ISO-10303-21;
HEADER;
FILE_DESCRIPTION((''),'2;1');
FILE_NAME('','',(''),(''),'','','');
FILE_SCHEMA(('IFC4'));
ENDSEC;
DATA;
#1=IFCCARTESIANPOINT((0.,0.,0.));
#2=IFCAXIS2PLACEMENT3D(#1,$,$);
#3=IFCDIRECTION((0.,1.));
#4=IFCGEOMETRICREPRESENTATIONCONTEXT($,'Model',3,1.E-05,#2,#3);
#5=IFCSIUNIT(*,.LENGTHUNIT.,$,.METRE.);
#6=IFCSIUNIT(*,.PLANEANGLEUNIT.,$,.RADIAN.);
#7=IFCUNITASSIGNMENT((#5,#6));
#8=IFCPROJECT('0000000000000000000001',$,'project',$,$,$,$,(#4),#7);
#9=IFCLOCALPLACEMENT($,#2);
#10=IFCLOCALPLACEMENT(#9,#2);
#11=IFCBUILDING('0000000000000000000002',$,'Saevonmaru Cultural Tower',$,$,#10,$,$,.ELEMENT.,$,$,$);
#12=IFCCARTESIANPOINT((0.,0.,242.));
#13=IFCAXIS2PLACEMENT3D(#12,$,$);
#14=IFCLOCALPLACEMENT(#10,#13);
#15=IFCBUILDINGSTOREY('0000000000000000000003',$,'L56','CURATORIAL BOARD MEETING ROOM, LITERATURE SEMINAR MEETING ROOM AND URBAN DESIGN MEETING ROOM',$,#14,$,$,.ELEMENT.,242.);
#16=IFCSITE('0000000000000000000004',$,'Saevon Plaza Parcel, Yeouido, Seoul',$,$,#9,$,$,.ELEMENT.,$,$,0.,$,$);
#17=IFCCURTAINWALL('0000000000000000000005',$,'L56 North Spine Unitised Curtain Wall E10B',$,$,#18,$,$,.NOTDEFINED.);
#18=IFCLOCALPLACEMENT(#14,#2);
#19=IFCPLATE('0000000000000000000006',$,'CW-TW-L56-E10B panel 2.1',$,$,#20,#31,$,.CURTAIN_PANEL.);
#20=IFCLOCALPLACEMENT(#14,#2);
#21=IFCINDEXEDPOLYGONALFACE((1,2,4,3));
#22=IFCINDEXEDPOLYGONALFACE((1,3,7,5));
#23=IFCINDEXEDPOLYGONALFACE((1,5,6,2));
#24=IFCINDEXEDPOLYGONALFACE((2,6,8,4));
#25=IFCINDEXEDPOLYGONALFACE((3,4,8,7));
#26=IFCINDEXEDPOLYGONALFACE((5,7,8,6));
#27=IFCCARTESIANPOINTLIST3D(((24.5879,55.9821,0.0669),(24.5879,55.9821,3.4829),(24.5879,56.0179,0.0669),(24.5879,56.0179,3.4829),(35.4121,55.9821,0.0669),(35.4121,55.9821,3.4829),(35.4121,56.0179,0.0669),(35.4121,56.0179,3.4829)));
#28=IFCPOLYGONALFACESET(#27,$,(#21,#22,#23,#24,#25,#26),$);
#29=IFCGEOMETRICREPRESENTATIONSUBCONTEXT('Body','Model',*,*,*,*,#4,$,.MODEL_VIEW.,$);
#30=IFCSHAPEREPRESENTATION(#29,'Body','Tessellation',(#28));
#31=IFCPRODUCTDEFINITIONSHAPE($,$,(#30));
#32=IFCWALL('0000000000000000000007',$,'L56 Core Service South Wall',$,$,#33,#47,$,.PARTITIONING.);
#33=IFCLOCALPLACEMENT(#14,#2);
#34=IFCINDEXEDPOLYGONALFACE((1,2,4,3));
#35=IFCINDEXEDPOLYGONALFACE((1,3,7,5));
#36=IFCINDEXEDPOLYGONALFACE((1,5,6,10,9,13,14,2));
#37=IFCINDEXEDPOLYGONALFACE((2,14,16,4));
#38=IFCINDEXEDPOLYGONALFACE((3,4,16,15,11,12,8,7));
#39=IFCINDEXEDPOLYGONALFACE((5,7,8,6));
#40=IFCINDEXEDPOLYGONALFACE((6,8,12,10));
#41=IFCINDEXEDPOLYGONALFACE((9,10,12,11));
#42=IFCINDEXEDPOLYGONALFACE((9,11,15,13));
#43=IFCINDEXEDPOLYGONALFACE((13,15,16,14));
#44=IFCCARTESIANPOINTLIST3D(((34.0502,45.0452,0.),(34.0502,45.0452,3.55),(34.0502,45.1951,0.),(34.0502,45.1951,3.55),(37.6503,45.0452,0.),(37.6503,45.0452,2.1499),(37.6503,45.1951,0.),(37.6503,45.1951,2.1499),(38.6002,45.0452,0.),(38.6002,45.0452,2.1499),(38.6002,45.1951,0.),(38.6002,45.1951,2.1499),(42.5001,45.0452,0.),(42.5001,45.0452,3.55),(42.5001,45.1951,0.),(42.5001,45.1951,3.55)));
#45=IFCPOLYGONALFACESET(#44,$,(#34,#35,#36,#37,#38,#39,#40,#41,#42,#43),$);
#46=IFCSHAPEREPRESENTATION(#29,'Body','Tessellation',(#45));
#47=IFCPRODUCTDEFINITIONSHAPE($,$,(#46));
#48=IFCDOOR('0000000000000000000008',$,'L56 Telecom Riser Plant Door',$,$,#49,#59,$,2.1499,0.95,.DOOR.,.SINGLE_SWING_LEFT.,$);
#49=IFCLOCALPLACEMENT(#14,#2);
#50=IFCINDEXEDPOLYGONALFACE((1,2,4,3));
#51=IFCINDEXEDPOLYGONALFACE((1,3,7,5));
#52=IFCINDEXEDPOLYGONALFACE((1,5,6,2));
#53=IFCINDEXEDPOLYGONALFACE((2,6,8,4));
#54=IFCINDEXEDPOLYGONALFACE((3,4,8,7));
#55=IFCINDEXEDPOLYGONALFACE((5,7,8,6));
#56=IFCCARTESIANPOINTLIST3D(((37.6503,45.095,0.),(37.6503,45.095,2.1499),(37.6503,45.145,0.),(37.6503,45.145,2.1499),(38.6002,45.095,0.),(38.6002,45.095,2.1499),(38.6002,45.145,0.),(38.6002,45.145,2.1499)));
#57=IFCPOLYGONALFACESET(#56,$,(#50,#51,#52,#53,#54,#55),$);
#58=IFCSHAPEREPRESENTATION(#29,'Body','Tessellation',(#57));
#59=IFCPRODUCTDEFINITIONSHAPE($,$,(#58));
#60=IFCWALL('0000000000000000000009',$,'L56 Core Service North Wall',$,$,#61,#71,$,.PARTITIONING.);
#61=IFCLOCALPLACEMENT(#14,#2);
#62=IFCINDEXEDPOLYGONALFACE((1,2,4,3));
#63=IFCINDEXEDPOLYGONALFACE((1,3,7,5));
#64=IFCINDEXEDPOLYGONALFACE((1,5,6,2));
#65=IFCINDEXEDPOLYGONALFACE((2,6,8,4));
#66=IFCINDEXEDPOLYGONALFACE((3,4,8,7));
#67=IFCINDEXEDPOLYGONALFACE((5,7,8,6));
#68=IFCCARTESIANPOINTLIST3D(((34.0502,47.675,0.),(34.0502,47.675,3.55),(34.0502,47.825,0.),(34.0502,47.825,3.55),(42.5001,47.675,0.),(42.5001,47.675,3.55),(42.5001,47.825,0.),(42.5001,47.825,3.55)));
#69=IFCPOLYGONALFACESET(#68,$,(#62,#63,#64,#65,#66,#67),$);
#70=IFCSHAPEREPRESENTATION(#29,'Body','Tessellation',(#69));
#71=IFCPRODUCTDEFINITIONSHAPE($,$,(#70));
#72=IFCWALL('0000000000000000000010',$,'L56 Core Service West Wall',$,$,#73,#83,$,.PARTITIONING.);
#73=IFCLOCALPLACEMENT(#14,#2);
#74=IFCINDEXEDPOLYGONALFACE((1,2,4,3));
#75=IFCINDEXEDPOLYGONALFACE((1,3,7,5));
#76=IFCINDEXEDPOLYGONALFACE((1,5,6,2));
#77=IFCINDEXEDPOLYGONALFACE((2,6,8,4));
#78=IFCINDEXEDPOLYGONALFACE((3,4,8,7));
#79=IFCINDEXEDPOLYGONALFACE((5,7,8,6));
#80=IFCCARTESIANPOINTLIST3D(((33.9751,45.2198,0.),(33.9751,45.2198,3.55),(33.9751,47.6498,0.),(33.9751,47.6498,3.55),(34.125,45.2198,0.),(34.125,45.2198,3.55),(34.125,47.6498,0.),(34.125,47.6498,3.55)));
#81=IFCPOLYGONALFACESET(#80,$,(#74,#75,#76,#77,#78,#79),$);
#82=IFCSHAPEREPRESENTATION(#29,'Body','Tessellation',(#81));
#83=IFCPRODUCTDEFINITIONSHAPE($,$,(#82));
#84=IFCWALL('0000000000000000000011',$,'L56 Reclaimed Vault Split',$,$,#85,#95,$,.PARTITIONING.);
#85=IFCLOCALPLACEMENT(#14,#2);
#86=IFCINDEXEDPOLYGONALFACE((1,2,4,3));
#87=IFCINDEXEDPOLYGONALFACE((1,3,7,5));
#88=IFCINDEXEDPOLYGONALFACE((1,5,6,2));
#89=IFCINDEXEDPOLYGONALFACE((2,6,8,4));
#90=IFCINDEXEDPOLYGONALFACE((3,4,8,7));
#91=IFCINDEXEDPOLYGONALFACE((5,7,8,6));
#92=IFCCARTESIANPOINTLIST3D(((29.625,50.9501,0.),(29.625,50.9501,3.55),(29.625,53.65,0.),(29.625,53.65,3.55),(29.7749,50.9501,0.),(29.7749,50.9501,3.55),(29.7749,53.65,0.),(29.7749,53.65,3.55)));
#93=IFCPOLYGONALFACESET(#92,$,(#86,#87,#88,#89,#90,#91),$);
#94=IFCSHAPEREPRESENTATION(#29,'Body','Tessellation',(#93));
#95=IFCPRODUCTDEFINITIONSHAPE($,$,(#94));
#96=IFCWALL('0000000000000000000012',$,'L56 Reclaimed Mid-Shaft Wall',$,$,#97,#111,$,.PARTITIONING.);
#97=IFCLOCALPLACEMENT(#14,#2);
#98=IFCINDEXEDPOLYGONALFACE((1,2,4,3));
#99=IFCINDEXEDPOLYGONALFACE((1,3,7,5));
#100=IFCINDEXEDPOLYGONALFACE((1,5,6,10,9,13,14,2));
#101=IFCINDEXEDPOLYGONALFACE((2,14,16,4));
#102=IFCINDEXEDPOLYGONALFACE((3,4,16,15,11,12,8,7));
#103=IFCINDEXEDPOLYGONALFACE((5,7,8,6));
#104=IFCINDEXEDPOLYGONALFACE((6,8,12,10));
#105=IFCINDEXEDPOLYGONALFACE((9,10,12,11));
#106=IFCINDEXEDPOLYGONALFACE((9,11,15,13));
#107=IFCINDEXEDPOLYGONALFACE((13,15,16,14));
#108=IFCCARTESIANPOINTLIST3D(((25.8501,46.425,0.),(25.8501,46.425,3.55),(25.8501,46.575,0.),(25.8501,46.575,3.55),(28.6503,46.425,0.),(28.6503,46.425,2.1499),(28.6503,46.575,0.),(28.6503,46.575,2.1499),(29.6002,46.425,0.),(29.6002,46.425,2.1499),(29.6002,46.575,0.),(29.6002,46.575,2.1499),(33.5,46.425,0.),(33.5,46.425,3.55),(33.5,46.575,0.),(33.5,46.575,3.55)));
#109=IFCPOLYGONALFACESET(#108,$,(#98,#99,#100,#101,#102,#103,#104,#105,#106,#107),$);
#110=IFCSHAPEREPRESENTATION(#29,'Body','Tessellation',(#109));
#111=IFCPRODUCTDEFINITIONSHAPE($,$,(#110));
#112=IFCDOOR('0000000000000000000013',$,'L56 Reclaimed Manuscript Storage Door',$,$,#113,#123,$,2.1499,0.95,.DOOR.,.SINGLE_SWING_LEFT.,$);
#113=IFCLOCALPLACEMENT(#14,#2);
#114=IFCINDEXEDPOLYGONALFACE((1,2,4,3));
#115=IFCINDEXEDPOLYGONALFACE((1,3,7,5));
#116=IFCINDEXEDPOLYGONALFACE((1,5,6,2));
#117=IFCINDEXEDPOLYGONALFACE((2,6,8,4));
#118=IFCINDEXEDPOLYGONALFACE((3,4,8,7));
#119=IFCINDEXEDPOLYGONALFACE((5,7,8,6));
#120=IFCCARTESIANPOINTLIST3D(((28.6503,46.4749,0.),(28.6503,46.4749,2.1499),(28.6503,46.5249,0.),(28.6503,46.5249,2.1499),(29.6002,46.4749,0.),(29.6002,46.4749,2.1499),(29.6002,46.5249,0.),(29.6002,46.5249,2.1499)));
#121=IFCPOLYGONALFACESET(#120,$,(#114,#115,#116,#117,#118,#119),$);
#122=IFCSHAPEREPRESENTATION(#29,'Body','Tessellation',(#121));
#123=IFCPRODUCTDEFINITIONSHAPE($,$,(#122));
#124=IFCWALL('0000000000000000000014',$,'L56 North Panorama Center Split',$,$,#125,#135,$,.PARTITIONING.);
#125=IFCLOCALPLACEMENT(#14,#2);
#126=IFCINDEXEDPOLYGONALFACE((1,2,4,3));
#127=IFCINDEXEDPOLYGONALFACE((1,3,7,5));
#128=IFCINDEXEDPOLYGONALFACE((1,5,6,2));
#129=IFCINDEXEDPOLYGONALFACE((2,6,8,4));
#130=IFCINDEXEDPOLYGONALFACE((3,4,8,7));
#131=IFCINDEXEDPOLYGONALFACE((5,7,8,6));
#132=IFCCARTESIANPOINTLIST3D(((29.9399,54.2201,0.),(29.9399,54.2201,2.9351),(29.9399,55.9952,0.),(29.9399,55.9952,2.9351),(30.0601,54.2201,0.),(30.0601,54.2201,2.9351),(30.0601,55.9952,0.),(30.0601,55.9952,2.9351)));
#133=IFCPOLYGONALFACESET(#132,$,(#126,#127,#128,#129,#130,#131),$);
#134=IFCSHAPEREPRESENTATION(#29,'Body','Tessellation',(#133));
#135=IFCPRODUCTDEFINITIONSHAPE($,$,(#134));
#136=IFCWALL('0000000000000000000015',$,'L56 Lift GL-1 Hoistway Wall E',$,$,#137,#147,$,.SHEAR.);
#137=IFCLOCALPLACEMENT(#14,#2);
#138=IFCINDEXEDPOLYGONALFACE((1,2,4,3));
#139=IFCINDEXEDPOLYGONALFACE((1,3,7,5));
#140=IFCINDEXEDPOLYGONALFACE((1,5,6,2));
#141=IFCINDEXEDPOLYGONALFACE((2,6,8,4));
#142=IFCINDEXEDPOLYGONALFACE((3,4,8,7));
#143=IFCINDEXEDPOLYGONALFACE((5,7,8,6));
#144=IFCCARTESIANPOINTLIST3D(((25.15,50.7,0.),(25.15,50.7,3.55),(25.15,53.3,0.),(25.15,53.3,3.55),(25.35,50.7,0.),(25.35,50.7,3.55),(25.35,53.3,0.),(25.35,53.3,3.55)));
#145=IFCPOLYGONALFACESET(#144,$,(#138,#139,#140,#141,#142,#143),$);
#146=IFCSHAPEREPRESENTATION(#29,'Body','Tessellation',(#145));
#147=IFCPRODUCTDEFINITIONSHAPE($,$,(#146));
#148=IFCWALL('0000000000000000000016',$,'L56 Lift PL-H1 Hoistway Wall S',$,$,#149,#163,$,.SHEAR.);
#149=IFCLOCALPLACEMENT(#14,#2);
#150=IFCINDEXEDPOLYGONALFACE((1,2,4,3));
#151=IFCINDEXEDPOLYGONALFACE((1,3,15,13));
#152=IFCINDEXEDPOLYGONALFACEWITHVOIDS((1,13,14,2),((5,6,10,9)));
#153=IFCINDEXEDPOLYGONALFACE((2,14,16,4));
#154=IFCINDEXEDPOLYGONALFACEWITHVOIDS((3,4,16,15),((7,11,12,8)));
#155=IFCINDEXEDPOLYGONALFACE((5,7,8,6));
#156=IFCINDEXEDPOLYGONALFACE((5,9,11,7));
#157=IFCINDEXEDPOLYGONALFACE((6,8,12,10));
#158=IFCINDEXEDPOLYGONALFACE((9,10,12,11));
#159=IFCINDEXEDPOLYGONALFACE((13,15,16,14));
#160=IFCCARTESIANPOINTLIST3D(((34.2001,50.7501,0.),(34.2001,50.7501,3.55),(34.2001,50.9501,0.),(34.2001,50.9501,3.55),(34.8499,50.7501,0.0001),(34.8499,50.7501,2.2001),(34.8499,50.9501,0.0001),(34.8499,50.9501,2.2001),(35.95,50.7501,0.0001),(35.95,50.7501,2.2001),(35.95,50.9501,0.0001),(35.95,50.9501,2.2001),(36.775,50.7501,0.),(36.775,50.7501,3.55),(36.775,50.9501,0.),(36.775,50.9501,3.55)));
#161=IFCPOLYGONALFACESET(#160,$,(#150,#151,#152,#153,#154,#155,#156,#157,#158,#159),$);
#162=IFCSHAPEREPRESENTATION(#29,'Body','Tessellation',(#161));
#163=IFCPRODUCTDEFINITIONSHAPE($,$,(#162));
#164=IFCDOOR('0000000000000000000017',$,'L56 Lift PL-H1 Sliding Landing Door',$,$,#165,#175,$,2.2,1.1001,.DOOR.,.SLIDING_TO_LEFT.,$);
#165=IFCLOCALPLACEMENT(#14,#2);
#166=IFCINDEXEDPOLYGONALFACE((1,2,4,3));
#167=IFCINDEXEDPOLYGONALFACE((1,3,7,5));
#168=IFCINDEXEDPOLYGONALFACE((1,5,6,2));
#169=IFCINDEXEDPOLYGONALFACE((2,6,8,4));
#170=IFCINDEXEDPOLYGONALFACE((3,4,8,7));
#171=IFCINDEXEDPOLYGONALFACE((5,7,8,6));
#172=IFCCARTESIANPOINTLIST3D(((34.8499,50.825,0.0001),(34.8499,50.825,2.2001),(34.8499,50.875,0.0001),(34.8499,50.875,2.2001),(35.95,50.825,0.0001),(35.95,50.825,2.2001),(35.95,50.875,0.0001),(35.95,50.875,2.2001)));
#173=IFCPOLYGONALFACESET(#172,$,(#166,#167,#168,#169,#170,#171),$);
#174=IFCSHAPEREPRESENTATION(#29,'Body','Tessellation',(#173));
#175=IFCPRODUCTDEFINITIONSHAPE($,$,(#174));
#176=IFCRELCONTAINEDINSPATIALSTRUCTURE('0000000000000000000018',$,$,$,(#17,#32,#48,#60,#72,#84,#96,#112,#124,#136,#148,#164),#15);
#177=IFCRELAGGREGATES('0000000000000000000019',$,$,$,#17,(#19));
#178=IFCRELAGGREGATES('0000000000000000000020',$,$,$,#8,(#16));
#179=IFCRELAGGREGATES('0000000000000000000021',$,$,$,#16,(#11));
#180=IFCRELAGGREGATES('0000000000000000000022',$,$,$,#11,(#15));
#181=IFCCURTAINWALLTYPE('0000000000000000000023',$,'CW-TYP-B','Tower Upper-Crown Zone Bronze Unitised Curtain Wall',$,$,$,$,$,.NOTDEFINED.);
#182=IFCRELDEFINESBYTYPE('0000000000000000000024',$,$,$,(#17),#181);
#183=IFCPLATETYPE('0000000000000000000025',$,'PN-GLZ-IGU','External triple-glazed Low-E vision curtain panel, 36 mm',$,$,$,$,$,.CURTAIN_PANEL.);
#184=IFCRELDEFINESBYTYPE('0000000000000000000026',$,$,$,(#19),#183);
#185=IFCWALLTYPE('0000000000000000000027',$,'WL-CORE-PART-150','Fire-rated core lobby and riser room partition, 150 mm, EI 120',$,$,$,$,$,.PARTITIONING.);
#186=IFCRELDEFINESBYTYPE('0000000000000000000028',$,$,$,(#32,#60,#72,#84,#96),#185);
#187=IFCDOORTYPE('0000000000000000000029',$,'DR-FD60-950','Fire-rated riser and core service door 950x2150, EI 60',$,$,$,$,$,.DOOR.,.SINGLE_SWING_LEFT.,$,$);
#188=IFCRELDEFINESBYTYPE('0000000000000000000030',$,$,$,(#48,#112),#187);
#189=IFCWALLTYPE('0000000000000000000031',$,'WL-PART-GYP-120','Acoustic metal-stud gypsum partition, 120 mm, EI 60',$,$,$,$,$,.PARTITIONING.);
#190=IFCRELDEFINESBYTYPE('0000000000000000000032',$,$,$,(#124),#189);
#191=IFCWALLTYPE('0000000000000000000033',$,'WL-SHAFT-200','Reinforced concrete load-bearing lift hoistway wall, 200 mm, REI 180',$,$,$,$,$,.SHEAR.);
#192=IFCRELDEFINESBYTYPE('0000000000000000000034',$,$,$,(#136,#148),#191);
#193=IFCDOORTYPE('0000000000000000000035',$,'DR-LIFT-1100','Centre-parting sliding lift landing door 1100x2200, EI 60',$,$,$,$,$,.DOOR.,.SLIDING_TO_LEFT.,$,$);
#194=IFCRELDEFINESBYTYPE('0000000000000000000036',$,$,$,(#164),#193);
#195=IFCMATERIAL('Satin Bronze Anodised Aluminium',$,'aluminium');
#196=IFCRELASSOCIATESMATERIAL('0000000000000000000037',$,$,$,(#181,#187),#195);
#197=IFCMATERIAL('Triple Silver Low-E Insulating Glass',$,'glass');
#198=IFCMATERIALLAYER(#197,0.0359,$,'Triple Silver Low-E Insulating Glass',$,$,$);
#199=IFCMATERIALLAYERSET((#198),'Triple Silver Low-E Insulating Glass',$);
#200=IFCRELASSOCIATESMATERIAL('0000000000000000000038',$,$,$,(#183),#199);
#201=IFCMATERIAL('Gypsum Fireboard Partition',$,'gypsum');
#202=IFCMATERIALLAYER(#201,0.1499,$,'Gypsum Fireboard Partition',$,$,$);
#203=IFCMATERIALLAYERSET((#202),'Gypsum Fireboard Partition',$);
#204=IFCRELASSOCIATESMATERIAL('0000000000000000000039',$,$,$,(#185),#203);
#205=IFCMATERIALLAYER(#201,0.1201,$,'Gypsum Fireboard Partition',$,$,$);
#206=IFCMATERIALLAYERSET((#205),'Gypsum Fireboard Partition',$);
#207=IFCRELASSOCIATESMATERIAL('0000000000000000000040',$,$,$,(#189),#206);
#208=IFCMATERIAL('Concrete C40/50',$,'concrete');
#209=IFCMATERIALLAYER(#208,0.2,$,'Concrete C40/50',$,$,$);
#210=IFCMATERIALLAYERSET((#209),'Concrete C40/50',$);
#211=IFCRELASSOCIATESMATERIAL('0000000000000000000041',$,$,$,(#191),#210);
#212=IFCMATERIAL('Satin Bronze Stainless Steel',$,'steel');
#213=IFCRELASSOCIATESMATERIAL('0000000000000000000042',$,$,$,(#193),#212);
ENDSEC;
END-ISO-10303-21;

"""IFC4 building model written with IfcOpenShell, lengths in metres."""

from ifc_helpers import new_model, si_unit, direction, frame, frame_2d, origin, origin_2d, place, context, subcontext, project, spatial, rectangle, extrude, material, layer, layer_set, type_object, element, fill, aggregate, save


model = new_model("IFC4")

# Units and contexts
model_context = context("Model", 3, precision=1e-05, world=origin(), true_north=direction((0.0, 1.0)))
body_context = subcontext(model_context, "Body", "Model", "MODEL_VIEW")
ifc_project = project(units=[si_unit("LENGTHUNIT", "METRE"), si_unit("PLANEANGLEUNIT", "RADIAN")], contexts=[model_context])

# Site, building, storey
site_placement = place(None, origin())
site = spatial("IfcSite", under=ifc_project, at=site_placement, Name="Saevon Plaza Parcel, Yeouido, Seoul", CompositionType="ELEMENT", RefElevation=0.0)
building_placement = place(site_placement, origin())
building = spatial("IfcBuilding", under=site, at=building_placement, Name="Saevonmaru Cultural Tower", CompositionType="ELEMENT")
storey_placement = place(building_placement, frame((0.0, 0.0, 242.0)))
storey = spatial("IfcBuildingStorey", under=building, at=storey_placement, Name="L56", Description="CURATORIAL BOARD MEETING ROOM, LITERATURE SEMINAR MEETING ROOM AND URBAN DESIGN MEETING ROOM", CompositionType="ELEMENT", Elevation=242.0)

# Curtain wall, plate
ifc_material_1 = material(Name="Satin Bronze Anodised Aluminium", Category="aluminium")
curtain_wall_type = type_object("IfcCurtainWallType", Name="CW-TYP-B", Description="Tower Upper-Crown Zone Bronze Unitised Curtain Wall", PredefinedType="NOTDEFINED", material=ifc_material_1)
curtain_wall_placement = place(storey_placement, origin())
curtain_wall = element("IfcCurtainWall", 1, at=curtain_wall_placement, inside=storey, type_object=curtain_wall_type, Name="L56 North Spine Unitised Curtain Wall E10B", PredefinedType="NOTDEFINED")
ifc_material_2 = material(Name="Triple Silver Low-E Insulating Glass", Category="glass")
ifc_layer_1 = layer(ifc_material_2, 0.0359, Name="Triple Silver Low-E Insulating Glass")
ifc_layer_set_1 = layer_set([ifc_layer_1], Name="Triple Silver Low-E Insulating Glass")
plate_type = type_object("IfcPlateType", Name="PN-GLZ-IGU", Description="External triple-glazed Low-E vision curtain panel, 36 mm", PredefinedType="CURTAIN_PANEL", material=ifc_layer_set_1)
plate_placement = place(storey_placement, frame((30.0, 56.0, 0.0669), z_axis=(0.0, 0.0, 1.0), x_axis=(-1.0, 0.0, 0.0)))
plate = element("IfcPlate", 2, at=plate_placement, type_object=plate_type, Name="CW-TW-L56-E10B panel 2.1", PredefinedType="CURTAIN_PANEL", context=body_context, shape_type="SweptSolid", body=[
    extrude(rectangle(XDim=10.8242, YDim=0.0359, at=origin_2d()), origin(), (0.0, 0.0, 1.0), 3.416),
])
aggregate(curtain_wall, [plate])

# Wall, opening, door
ifc_material_3 = material(Name="Gypsum Fireboard Partition", Category="gypsum")
ifc_layer_2 = layer(ifc_material_3, 0.1499, Name="Gypsum Fireboard Partition")
ifc_layer_set_2 = layer_set([ifc_layer_2], Name="Gypsum Fireboard Partition")
wall_type_1 = type_object("IfcWallType", Name="WL-CORE-PART-150", Description="Fire-rated core lobby and riser room partition, 150 mm, EI 120", PredefinedType="PARTITIONING", material=ifc_layer_set_2)
wall_1_placement = place(storey_placement, frame((34.05, 45.1201, 0.0), z_axis=(0.0, 0.0, 1.0), x_axis=(1.0, 0.0, 0.0)))
wall_1 = element("IfcWall", 3, at=wall_1_placement, inside=storey, type_object=wall_type_1, Name="L56 Core Service South Wall", PredefinedType="PARTITIONING", context=body_context, shape_type="SweptSolid", body=[
    extrude(rectangle(XDim=8.45, YDim=0.1499, at=frame_2d((4.2251, 0.0))), origin(), (0.0, 0.0, 1.0), 3.55),
])
opening_1_placement = place(wall_1_placement, frame((3.6001, 0.0, 0.0)))
opening_1 = element("IfcOpeningElement", 4, at=opening_1_placement, cuts=wall_1, PredefinedType="OPENING", context=body_context, shape_type="SweptSolid", body=[
    extrude(rectangle(XDim=0.95, YDim=2.1499, at=frame_2d((0.4751, 1.075))), frame((0.0, 0.085, 0.0), z_axis=(0.0, -1.0, 0.0), x_axis=(1.0, 0.0, 0.0)), (0.0, 0.0, 1.0), 0.1699),
])
door_type_1 = type_object("IfcDoorType", Name="DR-FD60-950", Description="Fire-rated riser and core service door 950x2150, EI 60", OperationType="SINGLE_SWING_LEFT", PredefinedType="DOOR", material=ifc_material_1)
door_1_placement = place(opening_1_placement, origin())
door_1 = element("IfcDoor", 5, at=door_1_placement, inside=storey, type_object=door_type_1, Name="L56 Telecom Riser Plant Door", OperationType="SINGLE_SWING_LEFT", OverallHeight=2.1499, OverallWidth=0.95, PredefinedType="DOOR", context=body_context, shape_type="SweptSolid", body=[
    extrude(rectangle(XDim=0.95, YDim=2.1499, at=frame_2d((0.4751, 1.075))), frame((0.0, 0.0249, 0.0), z_axis=(0.0, -1.0, 0.0), x_axis=(1.0, 0.0, 0.0)), (0.0, 0.0, 1.0), 0.05),
])
fill(opening_1, door_1)

# Walls
wall_2_placement = place(storey_placement, frame((34.05, 47.75, 0.0), z_axis=(0.0, 0.0, 1.0), x_axis=(1.0, 0.0, 0.0)))
element("IfcWall", 6, at=wall_2_placement, inside=storey, type_object=wall_type_1, Name="L56 Core Service North Wall", PredefinedType="PARTITIONING", context=body_context, shape_type="SweptSolid", body=[
    extrude(rectangle(XDim=8.45, YDim=0.1499, at=frame_2d((4.2251, 0.0))), origin(), (0.0, 0.0, 1.0), 3.55),
])
wall_3_placement = place(storey_placement, frame((34.05, 45.22, 0.0), z_axis=(0.0, 0.0, 1.0), x_axis=(0.0, 1.0, 0.0)))
element("IfcWall", 7, at=wall_3_placement, inside=storey, type_object=wall_type_1, Name="L56 Core Service West Wall", PredefinedType="PARTITIONING", context=body_context, shape_type="SweptSolid", body=[
    extrude(rectangle(XDim=2.4299, YDim=0.1499, at=frame_2d((1.2148, 0.0))), origin(), (0.0, 0.0, 1.0), 3.55),
])

# Wall
wall_4_placement = place(storey_placement, frame((29.7, 50.95, 0.0), z_axis=(0.0, 0.0, 1.0), x_axis=(0.0, 1.0, 0.0)))
element("IfcWall", 8, at=wall_4_placement, inside=storey, type_object=wall_type_1, Name="L56 Reclaimed Vault Split", PredefinedType="PARTITIONING", context=body_context, shape_type="SweptSolid", body=[
    extrude(rectangle(XDim=2.7, YDim=0.1499, at=frame_2d((1.3501, 0.0))), origin(), (0.0, 0.0, 1.0), 3.55),
])

# Wall, opening, door
wall_5_placement = place(storey_placement, frame((25.8501, 46.5, 0.0), z_axis=(0.0, 0.0, 1.0), x_axis=(1.0, 0.0, 0.0)))
wall_5 = element("IfcWall", 9, at=wall_5_placement, inside=storey, type_object=wall_type_1, Name="L56 Reclaimed Mid-Shaft Wall", PredefinedType="PARTITIONING", context=body_context, shape_type="SweptSolid", body=[
    extrude(rectangle(XDim=7.6499, YDim=0.1499, at=frame_2d((3.825, 0.0))), origin(), (0.0, 0.0, 1.0), 3.55),
])
opening_2_placement = place(wall_5_placement, frame((2.8, 0.0, 0.0)))
opening_2 = element("IfcOpeningElement", 10, at=opening_2_placement, cuts=wall_5, PredefinedType="OPENING", context=body_context, shape_type="SweptSolid", body=[
    extrude(rectangle(XDim=0.95, YDim=2.1499, at=frame_2d((0.4751, 1.075))), frame((0.0, 0.085, 0.0), z_axis=(0.0, -1.0, 0.0), x_axis=(1.0, 0.0, 0.0)), (0.0, 0.0, 1.0), 0.1699),
])
door_2_placement = place(opening_2_placement, origin())
door_2 = element("IfcDoor", 11, at=door_2_placement, inside=storey, type_object=door_type_1, Name="L56 Reclaimed Manuscript Storage Door", OperationType="SINGLE_SWING_LEFT", OverallHeight=2.1499, OverallWidth=0.95, PredefinedType="DOOR", context=body_context, shape_type="SweptSolid", body=[
    extrude(rectangle(XDim=0.95, YDim=2.1499, at=frame_2d((0.4751, 1.075))), frame((0.0, 0.0249, 0.0), z_axis=(0.0, -1.0, 0.0), x_axis=(1.0, 0.0, 0.0)), (0.0, 0.0, 1.0), 0.05),
])
fill(opening_2, door_2)

# Walls
ifc_layer_3 = layer(ifc_material_3, 0.1201, Name="Gypsum Fireboard Partition")
ifc_layer_set_3 = layer_set([ifc_layer_3], Name="Gypsum Fireboard Partition")
wall_type_2 = type_object("IfcWallType", Name="WL-PART-GYP-120", Description="Acoustic metal-stud gypsum partition, 120 mm, EI 60", PredefinedType="PARTITIONING", material=ifc_layer_set_3)
wall_6_placement = place(storey_placement, frame((30.0, 54.22, 0.0), z_axis=(0.0, 0.0, 1.0), x_axis=(0.0, 1.0, 0.0)))
element("IfcWall", 12, at=wall_6_placement, inside=storey, type_object=wall_type_2, Name="L56 North Panorama Center Split", PredefinedType="PARTITIONING", context=body_context, shape_type="SweptSolid", body=[
    extrude(rectangle(XDim=1.7751, YDim=0.1201, at=frame_2d((0.8877, 0.0))), origin(), (0.0, 0.0, 1.0), 2.9351),
])
ifc_material_4 = material(Name="Concrete C40/50", Category="concrete")
ifc_layer_4 = layer(ifc_material_4, 0.2, Name="Concrete C40/50")
ifc_layer_set_4 = layer_set([ifc_layer_4], Name="Concrete C40/50")
wall_type_3 = type_object("IfcWallType", Name="WL-SHAFT-200", Description="Reinforced concrete load-bearing lift hoistway wall, 200 mm, REI 180", PredefinedType="SHEAR", material=ifc_layer_set_4)
wall_7_placement = place(storey_placement, frame((25.25, 50.7, 0.0), z_axis=(0.0, 0.0, 1.0), x_axis=(0.0, 1.0, 0.0)))
element("IfcWall", 13, at=wall_7_placement, inside=storey, type_object=wall_type_3, Name="L56 Lift GL-1 Hoistway Wall E", PredefinedType="SHEAR", context=body_context, shape_type="SweptSolid", body=[
    extrude(rectangle(XDim=2.6001, YDim=0.2, at=frame_2d((1.3, 0.0))), origin(), (0.0, 0.0, 1.0), 3.55),
])

# Wall, opening, door
wall_8_placement = place(storey_placement, frame((34.2, 50.8501, 0.0), z_axis=(0.0, 0.0, 1.0), x_axis=(1.0, 0.0, 0.0)))
wall_8 = element("IfcWall", 14, at=wall_8_placement, inside=storey, type_object=wall_type_3, Name="L56 Lift PL-H1 Hoistway Wall S", PredefinedType="SHEAR", context=body_context, shape_type="SweptSolid", body=[
    extrude(rectangle(XDim=2.575, YDim=0.2, at=frame_2d((1.2876, 0.0))), origin(), (0.0, 0.0, 1.0), 3.55),
])
opening_3_placement = place(wall_8_placement, frame((0.6499, 0.0, 0.0)))
opening_3 = element("IfcOpeningElement", 15, at=opening_3_placement, cuts=wall_8, PredefinedType="OPENING", context=body_context, shape_type="SweptSolid", body=[
    extrude(rectangle(XDim=1.1001, YDim=2.2, at=frame_2d((0.55, 1.1001))), frame((0.0, 0.1099, 0.0), z_axis=(0.0, -1.0, 0.0), x_axis=(1.0, 0.0, 0.0)), (0.0, 0.0, 1.0), 0.22),
])
ifc_material_5 = material(Name="Satin Bronze Stainless Steel", Category="steel")
door_type_2 = type_object("IfcDoorType", Name="DR-LIFT-1100", Description="Centre-parting sliding lift landing door 1100x2200, EI 60", OperationType="SLIDING_TO_LEFT", PredefinedType="DOOR", material=ifc_material_5)
door_3_placement = place(opening_3_placement, origin())
door_3 = element("IfcDoor", 16, at=door_3_placement, inside=storey, type_object=door_type_2, Name="L56 Lift PL-H1 Sliding Landing Door", OperationType="SLIDING_TO_LEFT", OverallHeight=2.2, OverallWidth=1.1001, PredefinedType="DOOR", context=body_context, shape_type="SweptSolid", body=[
    extrude(rectangle(XDim=1.1001, YDim=2.2, at=frame_2d((0.55, 1.1001))), frame((0.0, 0.0249, 0.0), z_axis=(0.0, -1.0, 0.0), x_axis=(1.0, 0.0, 0.0)), (0.0, 0.0, 1.0), 0.05),
])
fill(opening_3, door_3)

save(model, "model.ifc")
